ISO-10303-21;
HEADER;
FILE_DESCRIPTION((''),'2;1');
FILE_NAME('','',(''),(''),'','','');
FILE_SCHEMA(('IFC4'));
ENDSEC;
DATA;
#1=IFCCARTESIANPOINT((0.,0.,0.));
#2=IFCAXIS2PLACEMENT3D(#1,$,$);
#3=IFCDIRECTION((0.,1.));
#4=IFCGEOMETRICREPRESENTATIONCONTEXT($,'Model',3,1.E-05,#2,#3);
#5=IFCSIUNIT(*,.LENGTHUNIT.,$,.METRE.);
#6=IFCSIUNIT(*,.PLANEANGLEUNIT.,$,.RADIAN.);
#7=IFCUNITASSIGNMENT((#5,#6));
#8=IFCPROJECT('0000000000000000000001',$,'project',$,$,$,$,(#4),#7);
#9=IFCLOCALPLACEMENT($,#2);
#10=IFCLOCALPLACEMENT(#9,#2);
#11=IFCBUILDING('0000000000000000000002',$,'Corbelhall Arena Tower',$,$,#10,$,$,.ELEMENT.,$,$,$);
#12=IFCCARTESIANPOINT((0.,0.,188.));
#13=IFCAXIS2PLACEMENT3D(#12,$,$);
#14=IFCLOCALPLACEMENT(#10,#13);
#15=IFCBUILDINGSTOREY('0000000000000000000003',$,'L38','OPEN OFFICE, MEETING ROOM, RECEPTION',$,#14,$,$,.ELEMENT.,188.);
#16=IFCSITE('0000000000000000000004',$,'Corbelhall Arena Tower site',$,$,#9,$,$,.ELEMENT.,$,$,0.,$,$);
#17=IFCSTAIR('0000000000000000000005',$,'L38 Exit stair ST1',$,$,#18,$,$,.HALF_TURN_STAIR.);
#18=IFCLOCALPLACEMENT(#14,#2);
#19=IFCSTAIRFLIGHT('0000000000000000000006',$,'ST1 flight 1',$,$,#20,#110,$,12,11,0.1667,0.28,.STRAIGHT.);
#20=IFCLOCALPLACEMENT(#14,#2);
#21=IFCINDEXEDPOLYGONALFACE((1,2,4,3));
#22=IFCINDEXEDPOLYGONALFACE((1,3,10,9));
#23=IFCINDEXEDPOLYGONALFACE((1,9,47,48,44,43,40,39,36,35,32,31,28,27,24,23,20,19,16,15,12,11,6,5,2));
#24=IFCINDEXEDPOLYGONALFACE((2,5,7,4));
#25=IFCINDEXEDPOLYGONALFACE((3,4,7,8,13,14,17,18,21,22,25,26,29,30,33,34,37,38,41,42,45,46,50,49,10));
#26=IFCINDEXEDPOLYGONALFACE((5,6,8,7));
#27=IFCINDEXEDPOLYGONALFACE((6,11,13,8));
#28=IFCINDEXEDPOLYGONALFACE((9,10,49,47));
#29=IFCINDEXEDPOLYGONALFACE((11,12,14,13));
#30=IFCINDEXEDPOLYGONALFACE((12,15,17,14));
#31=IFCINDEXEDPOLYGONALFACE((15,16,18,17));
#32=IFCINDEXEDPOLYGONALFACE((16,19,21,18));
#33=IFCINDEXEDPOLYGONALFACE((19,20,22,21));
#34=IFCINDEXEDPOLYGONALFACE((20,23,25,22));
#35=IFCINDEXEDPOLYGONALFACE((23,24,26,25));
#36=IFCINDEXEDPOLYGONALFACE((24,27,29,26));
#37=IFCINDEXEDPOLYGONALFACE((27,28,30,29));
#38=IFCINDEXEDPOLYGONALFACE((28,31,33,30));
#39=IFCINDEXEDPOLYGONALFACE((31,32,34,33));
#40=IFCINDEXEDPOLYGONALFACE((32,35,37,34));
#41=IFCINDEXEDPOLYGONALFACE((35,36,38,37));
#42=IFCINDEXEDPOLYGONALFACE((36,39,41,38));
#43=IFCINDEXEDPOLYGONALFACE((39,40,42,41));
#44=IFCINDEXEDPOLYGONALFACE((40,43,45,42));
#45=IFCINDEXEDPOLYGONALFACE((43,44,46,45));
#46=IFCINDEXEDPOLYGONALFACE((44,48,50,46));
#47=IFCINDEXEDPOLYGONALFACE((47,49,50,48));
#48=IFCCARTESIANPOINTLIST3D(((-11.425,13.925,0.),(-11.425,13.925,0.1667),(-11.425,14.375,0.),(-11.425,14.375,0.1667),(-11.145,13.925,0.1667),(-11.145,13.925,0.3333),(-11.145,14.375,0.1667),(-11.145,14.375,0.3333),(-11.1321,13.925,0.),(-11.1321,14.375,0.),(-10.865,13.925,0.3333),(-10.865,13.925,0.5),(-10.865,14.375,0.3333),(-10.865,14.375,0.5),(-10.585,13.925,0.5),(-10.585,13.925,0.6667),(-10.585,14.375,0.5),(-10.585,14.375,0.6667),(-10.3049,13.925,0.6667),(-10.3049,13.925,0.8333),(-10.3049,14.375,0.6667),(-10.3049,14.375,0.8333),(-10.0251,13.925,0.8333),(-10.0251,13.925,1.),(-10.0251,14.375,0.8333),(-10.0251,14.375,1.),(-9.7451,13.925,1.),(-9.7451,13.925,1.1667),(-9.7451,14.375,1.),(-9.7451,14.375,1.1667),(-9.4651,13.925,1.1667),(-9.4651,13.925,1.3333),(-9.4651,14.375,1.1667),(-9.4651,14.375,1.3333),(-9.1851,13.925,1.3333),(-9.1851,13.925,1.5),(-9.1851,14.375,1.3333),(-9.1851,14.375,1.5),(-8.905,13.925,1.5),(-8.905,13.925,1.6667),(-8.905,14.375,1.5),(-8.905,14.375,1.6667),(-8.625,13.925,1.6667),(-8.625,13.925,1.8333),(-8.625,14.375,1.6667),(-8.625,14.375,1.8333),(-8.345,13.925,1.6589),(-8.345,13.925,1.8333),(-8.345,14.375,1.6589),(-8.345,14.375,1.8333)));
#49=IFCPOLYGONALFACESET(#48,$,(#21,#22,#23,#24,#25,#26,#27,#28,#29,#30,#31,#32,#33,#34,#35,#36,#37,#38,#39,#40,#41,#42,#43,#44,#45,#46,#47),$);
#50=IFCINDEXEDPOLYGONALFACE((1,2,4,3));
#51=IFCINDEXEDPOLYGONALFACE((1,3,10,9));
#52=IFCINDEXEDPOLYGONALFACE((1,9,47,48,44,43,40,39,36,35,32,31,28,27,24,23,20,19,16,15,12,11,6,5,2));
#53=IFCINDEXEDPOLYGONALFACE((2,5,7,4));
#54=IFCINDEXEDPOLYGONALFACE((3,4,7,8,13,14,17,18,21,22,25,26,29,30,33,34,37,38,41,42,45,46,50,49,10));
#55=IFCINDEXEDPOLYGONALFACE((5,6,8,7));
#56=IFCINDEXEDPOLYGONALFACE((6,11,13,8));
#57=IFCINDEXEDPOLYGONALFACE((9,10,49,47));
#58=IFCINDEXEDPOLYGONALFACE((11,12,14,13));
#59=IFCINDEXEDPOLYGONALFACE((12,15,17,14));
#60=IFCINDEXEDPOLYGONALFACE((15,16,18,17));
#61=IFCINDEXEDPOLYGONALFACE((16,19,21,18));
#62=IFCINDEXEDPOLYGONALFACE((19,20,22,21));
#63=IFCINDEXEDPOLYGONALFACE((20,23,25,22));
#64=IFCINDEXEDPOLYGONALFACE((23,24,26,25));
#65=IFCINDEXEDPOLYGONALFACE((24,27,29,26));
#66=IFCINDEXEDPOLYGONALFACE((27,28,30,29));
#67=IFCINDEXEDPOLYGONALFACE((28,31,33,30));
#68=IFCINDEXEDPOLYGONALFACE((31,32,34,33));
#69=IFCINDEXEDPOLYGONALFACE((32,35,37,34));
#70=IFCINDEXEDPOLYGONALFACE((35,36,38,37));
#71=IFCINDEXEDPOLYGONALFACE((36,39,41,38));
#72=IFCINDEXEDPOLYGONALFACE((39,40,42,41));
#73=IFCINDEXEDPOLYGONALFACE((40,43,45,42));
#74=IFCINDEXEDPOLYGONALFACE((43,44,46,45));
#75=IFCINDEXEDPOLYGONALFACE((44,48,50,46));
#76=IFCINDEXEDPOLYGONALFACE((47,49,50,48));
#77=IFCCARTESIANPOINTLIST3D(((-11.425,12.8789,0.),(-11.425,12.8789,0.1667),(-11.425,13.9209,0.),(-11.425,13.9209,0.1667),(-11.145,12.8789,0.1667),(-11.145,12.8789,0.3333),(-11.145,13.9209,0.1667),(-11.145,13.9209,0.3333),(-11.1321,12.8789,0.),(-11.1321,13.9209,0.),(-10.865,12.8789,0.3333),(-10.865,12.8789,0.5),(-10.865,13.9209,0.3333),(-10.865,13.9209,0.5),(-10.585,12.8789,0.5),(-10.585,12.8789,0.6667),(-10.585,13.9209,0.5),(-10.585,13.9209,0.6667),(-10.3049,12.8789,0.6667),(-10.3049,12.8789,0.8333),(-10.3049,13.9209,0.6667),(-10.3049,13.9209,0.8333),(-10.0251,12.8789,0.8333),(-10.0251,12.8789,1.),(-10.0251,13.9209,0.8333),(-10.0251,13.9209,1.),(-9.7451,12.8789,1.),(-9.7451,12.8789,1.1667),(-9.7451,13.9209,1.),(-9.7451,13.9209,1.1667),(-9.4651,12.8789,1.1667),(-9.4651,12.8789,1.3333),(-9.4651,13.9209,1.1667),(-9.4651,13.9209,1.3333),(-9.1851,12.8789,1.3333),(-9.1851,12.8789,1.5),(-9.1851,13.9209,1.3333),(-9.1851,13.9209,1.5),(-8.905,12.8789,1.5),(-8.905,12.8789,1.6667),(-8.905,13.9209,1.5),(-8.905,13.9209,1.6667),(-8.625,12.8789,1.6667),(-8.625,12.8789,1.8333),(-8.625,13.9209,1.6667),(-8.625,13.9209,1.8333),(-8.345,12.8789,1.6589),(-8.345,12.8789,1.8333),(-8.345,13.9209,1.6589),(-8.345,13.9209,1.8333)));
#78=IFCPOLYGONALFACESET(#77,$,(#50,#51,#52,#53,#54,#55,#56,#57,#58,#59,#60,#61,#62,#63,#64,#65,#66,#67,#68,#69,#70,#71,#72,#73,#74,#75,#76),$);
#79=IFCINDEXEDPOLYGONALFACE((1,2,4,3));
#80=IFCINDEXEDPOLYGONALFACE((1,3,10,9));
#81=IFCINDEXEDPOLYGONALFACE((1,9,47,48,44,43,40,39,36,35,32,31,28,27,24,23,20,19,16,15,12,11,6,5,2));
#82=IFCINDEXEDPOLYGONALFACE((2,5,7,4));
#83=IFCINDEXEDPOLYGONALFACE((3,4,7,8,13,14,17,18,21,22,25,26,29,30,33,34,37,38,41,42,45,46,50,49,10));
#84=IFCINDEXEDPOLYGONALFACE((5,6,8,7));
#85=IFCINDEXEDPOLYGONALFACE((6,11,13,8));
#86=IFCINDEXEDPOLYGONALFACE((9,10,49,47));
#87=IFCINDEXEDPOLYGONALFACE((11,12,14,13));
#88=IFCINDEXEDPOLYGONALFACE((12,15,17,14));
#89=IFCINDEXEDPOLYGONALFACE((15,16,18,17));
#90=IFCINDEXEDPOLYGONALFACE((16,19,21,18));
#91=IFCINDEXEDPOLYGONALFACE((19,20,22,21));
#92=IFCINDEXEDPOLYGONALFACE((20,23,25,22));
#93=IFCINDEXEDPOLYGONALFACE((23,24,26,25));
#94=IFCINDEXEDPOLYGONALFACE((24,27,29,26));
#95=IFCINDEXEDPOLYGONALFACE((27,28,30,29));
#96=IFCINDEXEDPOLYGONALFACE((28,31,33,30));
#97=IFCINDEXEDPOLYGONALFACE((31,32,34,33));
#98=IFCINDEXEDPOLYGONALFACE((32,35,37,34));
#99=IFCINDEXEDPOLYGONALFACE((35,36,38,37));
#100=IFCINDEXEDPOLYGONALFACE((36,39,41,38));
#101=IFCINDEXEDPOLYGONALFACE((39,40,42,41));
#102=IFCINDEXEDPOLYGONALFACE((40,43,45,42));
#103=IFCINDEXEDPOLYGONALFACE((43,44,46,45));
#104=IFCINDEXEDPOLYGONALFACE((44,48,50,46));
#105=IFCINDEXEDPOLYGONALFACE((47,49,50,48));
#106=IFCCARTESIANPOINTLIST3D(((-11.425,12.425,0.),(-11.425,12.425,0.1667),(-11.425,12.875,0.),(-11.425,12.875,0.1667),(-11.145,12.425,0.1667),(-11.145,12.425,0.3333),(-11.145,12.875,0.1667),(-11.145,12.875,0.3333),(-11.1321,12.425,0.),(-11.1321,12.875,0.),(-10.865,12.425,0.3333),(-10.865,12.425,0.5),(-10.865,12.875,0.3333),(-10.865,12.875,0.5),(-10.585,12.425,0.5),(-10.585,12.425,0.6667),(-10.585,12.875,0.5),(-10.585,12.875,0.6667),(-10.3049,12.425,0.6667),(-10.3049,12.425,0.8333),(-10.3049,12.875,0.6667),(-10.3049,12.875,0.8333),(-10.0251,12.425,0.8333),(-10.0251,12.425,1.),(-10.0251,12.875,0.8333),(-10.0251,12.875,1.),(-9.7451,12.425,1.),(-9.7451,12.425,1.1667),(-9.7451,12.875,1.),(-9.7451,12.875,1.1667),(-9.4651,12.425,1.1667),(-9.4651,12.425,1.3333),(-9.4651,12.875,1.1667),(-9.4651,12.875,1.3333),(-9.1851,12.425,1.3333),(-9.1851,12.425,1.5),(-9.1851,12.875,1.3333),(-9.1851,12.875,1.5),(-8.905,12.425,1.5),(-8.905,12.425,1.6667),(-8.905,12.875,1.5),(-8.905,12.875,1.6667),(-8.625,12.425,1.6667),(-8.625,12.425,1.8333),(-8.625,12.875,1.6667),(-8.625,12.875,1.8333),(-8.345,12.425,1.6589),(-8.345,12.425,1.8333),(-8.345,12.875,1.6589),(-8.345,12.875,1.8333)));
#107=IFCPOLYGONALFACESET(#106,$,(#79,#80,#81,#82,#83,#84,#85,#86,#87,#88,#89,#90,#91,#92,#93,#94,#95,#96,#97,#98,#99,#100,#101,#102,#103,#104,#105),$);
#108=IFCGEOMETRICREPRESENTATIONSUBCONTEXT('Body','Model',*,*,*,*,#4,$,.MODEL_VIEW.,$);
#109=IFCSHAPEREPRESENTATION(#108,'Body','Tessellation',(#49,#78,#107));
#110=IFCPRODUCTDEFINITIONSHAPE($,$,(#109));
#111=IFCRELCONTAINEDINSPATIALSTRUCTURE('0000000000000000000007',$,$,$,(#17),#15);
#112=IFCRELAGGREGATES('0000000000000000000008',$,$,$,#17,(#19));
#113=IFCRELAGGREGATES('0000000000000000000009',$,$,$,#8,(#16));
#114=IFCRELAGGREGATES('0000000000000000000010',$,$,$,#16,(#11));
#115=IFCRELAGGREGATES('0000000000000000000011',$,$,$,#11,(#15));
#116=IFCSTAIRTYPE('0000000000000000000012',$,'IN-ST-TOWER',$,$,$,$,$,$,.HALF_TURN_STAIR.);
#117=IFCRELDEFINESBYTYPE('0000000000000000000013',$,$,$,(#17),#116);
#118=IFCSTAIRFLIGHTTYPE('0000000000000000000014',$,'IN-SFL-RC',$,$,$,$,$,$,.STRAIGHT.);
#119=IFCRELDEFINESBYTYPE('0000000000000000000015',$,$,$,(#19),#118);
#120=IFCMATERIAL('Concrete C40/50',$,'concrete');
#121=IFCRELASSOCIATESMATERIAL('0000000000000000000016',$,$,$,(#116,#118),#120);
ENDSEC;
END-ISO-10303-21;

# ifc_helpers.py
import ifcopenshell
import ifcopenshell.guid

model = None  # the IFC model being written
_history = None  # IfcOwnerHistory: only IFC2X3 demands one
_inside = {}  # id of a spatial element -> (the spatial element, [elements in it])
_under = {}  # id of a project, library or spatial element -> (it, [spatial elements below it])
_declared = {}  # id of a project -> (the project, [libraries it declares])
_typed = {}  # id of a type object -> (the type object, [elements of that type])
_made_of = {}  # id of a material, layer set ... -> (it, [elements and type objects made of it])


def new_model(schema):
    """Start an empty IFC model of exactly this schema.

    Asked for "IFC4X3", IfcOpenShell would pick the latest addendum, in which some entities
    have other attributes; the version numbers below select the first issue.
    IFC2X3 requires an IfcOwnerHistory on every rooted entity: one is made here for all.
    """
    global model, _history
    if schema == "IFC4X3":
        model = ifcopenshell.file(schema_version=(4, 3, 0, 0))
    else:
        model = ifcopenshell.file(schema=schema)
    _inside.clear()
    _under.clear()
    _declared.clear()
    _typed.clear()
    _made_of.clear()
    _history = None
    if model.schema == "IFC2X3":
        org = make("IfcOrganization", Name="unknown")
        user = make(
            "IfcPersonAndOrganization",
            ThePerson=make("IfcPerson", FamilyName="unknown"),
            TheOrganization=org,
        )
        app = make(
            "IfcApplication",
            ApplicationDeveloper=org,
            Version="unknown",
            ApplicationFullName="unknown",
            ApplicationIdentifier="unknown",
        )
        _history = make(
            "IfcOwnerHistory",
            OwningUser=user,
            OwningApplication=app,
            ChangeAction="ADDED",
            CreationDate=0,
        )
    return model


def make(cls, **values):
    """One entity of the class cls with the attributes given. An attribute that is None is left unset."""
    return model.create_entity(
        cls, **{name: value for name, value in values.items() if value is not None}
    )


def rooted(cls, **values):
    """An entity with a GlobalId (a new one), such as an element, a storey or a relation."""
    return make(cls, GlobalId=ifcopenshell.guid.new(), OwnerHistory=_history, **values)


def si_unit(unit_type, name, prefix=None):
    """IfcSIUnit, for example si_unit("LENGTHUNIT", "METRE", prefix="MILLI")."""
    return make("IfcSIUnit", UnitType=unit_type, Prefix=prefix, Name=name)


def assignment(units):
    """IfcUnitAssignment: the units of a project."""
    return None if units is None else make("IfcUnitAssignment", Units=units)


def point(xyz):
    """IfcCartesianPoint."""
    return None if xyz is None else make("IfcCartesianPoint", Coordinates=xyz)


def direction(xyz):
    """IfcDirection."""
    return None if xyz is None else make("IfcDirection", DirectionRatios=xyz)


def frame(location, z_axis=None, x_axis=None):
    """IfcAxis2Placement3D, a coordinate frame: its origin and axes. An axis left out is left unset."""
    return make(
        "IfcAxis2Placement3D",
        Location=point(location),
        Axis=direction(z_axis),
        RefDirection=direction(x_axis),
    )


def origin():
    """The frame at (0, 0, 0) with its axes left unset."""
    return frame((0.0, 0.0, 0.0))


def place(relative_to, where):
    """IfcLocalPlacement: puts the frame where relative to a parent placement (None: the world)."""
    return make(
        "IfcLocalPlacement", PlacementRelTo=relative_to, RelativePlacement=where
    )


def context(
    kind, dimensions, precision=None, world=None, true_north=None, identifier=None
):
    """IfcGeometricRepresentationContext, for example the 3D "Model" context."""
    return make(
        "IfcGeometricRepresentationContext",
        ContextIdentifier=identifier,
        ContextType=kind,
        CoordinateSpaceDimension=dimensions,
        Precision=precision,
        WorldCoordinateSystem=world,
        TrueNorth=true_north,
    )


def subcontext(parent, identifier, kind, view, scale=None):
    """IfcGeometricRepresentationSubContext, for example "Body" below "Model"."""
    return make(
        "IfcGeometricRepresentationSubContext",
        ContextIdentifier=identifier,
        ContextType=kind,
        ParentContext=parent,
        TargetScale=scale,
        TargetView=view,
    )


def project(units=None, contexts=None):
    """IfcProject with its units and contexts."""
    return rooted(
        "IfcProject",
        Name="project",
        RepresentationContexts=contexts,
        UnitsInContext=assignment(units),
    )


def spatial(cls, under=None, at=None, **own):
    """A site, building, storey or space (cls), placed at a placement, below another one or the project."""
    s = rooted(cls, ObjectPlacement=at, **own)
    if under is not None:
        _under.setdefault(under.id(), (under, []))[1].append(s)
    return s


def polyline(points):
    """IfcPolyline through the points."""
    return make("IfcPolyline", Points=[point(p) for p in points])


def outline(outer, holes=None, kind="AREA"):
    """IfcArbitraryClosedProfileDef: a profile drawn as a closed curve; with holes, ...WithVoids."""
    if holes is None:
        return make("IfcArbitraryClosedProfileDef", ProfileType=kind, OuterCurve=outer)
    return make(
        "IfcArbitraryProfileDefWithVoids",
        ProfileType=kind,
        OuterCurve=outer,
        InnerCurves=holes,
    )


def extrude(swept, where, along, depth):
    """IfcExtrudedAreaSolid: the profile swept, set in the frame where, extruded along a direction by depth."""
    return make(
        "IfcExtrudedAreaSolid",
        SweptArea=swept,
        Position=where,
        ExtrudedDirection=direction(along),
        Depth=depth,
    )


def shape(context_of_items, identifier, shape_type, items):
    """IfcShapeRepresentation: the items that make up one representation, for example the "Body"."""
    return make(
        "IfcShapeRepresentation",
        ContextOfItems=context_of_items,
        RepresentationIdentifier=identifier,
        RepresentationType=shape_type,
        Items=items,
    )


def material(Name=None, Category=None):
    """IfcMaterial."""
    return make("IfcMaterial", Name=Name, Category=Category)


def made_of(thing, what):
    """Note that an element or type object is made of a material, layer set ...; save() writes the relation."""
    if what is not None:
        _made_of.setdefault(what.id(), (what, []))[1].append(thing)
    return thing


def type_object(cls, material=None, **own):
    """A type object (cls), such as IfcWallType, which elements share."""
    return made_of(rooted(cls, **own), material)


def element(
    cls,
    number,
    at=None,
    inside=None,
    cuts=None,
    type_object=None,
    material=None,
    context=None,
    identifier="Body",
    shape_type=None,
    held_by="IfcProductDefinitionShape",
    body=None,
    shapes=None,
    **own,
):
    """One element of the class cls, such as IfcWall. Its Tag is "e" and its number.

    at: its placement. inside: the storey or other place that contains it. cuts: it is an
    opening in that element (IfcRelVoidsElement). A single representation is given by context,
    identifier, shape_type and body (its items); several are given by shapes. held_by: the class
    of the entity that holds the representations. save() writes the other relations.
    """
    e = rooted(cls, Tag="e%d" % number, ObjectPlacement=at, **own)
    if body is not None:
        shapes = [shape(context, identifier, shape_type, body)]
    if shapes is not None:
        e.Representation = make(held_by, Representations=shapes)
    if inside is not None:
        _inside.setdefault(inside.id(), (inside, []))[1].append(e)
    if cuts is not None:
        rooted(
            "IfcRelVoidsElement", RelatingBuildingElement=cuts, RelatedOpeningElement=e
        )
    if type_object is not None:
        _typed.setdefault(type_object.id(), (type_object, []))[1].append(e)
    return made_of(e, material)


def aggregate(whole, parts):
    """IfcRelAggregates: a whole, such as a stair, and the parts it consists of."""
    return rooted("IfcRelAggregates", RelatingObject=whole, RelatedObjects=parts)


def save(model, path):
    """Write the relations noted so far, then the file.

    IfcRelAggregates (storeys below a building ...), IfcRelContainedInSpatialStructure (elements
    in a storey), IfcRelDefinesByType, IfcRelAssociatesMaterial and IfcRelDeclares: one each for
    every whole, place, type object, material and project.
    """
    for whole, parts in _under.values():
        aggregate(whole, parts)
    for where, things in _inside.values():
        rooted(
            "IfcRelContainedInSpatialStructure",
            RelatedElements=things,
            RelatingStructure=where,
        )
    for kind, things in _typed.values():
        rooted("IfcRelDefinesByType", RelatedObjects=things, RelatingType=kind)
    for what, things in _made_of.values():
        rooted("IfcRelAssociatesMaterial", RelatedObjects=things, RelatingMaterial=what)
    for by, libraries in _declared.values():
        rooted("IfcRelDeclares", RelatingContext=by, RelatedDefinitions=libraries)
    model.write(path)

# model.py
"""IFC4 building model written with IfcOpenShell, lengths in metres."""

from ifc_helpers import new_model, si_unit, direction, frame, origin, place, context, subcontext, project, spatial, polyline, outline, extrude, material, type_object, element, aggregate, save


model = new_model("IFC4")

# Units and contexts
model_context = context("Model", 3, precision=1e-05, world=origin(), true_north=direction((0.0, 1.0)))
body_context = subcontext(model_context, "Body", "Model", "MODEL_VIEW")
ifc_project = project(units=[si_unit("LENGTHUNIT", "METRE"), si_unit("PLANEANGLEUNIT", "RADIAN")], contexts=[model_context])

# Site, building, storey
site_placement = place(None, origin())
site = spatial("IfcSite", under=ifc_project, at=site_placement, Name="Corbelhall Arena Tower site", CompositionType="ELEMENT", RefElevation=0.0)
building_placement = place(site_placement, origin())
building = spatial("IfcBuilding", under=site, at=building_placement, Name="Corbelhall Arena Tower", CompositionType="ELEMENT")
storey_placement = place(building_placement, frame((0.0, 0.0, 188.0)))
storey = spatial("IfcBuildingStorey", under=building, at=storey_placement, Name="L38", Description="OPEN OFFICE, MEETING ROOM, RECEPTION", CompositionType="ELEMENT", Elevation=188.0)

# Shared definitions
ifc_material_1 = material(Name="Concrete C40/50", Category="concrete")

# Stair, stair flight
stair_type = type_object("IfcStairType", Name="IN-ST-TOWER", PredefinedType="HALF_TURN_STAIR", material=ifc_material_1)
stair_placement = place(storey_placement, origin())
stair = element("IfcStair", 1, at=stair_placement, inside=storey, type_object=stair_type, Name="L38 Exit stair ST1", PredefinedType="HALF_TURN_STAIR")
stair_flight_type = type_object("IfcStairFlightType", Name="IN-SFL-RC", PredefinedType="STRAIGHT", material=ifc_material_1)
stair_flight_placement = place(storey_placement, frame((-11.425, 13.3999, 0.0), z_axis=(0.0, 0.0, 1.0), x_axis=(1.0, 0.0, 0.0)))
stair_flight = element("IfcStairFlight", 2, at=stair_flight_placement, type_object=stair_flight_type, Name="ST1 flight 1", NumberOfRisers=12, NumberOfTreads=11, PredefinedType="STRAIGHT", RiserHeight=0.1667, TreadLength=0.28, context=body_context, shape_type="SweptSolid", body=[
    extrude(outline(polyline([(0.0, 0.0), (0.0, 0.1667), (0.28, 0.1667), (0.28, 0.3333), (0.5601, 0.3333), (0.5601, 0.5), (0.8401, 0.5), (0.8401, 0.6667), (1.1201, 0.6667), (1.1201, 0.8333), (1.3999, 0.8333), (1.3999, 1.0), (1.6799, 1.0), (1.6799, 1.1667), (1.96, 1.1667), (1.96, 1.3333), (2.24, 1.3333), (2.24, 1.5), (2.52, 1.5), (2.52, 1.6667), (2.8, 1.6667), (2.8, 1.8333), (3.0801, 1.8333), (3.0801, 2.0), (3.0801, 1.6589), (0.293, 0.0), (0.0, 0.0)])), frame((0.0, 0.9751, 0.0), z_axis=(0.0, -1.0, 0.0), x_axis=(1.0, 0.0, 0.0)), (0.0, 0.0, 1.0), 0.45),
    extrude(outline(polyline([(0.0, 0.0), (0.0, 0.1667), (0.28, 0.1667), (0.28, 0.3333), (0.5601, 0.3333), (0.5601, 0.5), (0.8401, 0.5), (0.8401, 0.6667), (1.1201, 0.6667), (1.1201, 0.8333), (1.3999, 0.8333), (1.3999, 1.0), (1.6799, 1.0), (1.6799, 1.1667), (1.96, 1.1667), (1.96, 1.3333), (2.24, 1.3333), (2.24, 1.5), (2.52, 1.5), (2.52, 1.6667), (2.8, 1.6667), (2.8, 1.8333), (3.0801, 1.8333), (3.0801, 2.0), (3.0801, 1.6589), (0.293, 0.0), (0.0, 0.0)])), frame((0.0, 0.521, 0.0), z_axis=(0.0, -1.0, 0.0), x_axis=(1.0, 0.0, 0.0)), (0.0, 0.0, 1.0), 1.042),
    extrude(outline(polyline([(0.0, 0.0), (0.0, 0.1667), (0.28, 0.1667), (0.28, 0.3333), (0.5601, 0.3333), (0.5601, 0.5), (0.8401, 0.5), (0.8401, 0.6667), (1.1201, 0.6667), (1.1201, 0.8333), (1.3999, 0.8333), (1.3999, 1.0), (1.6799, 1.0), (1.6799, 1.1667), (1.96, 1.1667), (1.96, 1.3333), (2.24, 1.3333), (2.24, 1.5), (2.52, 1.5), (2.52, 1.6667), (2.8, 1.6667), (2.8, 1.8333), (3.0801, 1.8333), (3.0801, 2.0), (3.0801, 1.6589), (0.293, 0.0), (0.0, 0.0)])), frame((0.0, -0.5249, 0.0), z_axis=(0.0, -1.0, 0.0), x_axis=(1.0, 0.0, 0.0)), (0.0, 0.0, 1.0), 0.45),
])
aggregate(stair, [stair_flight])

save(model, "model.ifc")
